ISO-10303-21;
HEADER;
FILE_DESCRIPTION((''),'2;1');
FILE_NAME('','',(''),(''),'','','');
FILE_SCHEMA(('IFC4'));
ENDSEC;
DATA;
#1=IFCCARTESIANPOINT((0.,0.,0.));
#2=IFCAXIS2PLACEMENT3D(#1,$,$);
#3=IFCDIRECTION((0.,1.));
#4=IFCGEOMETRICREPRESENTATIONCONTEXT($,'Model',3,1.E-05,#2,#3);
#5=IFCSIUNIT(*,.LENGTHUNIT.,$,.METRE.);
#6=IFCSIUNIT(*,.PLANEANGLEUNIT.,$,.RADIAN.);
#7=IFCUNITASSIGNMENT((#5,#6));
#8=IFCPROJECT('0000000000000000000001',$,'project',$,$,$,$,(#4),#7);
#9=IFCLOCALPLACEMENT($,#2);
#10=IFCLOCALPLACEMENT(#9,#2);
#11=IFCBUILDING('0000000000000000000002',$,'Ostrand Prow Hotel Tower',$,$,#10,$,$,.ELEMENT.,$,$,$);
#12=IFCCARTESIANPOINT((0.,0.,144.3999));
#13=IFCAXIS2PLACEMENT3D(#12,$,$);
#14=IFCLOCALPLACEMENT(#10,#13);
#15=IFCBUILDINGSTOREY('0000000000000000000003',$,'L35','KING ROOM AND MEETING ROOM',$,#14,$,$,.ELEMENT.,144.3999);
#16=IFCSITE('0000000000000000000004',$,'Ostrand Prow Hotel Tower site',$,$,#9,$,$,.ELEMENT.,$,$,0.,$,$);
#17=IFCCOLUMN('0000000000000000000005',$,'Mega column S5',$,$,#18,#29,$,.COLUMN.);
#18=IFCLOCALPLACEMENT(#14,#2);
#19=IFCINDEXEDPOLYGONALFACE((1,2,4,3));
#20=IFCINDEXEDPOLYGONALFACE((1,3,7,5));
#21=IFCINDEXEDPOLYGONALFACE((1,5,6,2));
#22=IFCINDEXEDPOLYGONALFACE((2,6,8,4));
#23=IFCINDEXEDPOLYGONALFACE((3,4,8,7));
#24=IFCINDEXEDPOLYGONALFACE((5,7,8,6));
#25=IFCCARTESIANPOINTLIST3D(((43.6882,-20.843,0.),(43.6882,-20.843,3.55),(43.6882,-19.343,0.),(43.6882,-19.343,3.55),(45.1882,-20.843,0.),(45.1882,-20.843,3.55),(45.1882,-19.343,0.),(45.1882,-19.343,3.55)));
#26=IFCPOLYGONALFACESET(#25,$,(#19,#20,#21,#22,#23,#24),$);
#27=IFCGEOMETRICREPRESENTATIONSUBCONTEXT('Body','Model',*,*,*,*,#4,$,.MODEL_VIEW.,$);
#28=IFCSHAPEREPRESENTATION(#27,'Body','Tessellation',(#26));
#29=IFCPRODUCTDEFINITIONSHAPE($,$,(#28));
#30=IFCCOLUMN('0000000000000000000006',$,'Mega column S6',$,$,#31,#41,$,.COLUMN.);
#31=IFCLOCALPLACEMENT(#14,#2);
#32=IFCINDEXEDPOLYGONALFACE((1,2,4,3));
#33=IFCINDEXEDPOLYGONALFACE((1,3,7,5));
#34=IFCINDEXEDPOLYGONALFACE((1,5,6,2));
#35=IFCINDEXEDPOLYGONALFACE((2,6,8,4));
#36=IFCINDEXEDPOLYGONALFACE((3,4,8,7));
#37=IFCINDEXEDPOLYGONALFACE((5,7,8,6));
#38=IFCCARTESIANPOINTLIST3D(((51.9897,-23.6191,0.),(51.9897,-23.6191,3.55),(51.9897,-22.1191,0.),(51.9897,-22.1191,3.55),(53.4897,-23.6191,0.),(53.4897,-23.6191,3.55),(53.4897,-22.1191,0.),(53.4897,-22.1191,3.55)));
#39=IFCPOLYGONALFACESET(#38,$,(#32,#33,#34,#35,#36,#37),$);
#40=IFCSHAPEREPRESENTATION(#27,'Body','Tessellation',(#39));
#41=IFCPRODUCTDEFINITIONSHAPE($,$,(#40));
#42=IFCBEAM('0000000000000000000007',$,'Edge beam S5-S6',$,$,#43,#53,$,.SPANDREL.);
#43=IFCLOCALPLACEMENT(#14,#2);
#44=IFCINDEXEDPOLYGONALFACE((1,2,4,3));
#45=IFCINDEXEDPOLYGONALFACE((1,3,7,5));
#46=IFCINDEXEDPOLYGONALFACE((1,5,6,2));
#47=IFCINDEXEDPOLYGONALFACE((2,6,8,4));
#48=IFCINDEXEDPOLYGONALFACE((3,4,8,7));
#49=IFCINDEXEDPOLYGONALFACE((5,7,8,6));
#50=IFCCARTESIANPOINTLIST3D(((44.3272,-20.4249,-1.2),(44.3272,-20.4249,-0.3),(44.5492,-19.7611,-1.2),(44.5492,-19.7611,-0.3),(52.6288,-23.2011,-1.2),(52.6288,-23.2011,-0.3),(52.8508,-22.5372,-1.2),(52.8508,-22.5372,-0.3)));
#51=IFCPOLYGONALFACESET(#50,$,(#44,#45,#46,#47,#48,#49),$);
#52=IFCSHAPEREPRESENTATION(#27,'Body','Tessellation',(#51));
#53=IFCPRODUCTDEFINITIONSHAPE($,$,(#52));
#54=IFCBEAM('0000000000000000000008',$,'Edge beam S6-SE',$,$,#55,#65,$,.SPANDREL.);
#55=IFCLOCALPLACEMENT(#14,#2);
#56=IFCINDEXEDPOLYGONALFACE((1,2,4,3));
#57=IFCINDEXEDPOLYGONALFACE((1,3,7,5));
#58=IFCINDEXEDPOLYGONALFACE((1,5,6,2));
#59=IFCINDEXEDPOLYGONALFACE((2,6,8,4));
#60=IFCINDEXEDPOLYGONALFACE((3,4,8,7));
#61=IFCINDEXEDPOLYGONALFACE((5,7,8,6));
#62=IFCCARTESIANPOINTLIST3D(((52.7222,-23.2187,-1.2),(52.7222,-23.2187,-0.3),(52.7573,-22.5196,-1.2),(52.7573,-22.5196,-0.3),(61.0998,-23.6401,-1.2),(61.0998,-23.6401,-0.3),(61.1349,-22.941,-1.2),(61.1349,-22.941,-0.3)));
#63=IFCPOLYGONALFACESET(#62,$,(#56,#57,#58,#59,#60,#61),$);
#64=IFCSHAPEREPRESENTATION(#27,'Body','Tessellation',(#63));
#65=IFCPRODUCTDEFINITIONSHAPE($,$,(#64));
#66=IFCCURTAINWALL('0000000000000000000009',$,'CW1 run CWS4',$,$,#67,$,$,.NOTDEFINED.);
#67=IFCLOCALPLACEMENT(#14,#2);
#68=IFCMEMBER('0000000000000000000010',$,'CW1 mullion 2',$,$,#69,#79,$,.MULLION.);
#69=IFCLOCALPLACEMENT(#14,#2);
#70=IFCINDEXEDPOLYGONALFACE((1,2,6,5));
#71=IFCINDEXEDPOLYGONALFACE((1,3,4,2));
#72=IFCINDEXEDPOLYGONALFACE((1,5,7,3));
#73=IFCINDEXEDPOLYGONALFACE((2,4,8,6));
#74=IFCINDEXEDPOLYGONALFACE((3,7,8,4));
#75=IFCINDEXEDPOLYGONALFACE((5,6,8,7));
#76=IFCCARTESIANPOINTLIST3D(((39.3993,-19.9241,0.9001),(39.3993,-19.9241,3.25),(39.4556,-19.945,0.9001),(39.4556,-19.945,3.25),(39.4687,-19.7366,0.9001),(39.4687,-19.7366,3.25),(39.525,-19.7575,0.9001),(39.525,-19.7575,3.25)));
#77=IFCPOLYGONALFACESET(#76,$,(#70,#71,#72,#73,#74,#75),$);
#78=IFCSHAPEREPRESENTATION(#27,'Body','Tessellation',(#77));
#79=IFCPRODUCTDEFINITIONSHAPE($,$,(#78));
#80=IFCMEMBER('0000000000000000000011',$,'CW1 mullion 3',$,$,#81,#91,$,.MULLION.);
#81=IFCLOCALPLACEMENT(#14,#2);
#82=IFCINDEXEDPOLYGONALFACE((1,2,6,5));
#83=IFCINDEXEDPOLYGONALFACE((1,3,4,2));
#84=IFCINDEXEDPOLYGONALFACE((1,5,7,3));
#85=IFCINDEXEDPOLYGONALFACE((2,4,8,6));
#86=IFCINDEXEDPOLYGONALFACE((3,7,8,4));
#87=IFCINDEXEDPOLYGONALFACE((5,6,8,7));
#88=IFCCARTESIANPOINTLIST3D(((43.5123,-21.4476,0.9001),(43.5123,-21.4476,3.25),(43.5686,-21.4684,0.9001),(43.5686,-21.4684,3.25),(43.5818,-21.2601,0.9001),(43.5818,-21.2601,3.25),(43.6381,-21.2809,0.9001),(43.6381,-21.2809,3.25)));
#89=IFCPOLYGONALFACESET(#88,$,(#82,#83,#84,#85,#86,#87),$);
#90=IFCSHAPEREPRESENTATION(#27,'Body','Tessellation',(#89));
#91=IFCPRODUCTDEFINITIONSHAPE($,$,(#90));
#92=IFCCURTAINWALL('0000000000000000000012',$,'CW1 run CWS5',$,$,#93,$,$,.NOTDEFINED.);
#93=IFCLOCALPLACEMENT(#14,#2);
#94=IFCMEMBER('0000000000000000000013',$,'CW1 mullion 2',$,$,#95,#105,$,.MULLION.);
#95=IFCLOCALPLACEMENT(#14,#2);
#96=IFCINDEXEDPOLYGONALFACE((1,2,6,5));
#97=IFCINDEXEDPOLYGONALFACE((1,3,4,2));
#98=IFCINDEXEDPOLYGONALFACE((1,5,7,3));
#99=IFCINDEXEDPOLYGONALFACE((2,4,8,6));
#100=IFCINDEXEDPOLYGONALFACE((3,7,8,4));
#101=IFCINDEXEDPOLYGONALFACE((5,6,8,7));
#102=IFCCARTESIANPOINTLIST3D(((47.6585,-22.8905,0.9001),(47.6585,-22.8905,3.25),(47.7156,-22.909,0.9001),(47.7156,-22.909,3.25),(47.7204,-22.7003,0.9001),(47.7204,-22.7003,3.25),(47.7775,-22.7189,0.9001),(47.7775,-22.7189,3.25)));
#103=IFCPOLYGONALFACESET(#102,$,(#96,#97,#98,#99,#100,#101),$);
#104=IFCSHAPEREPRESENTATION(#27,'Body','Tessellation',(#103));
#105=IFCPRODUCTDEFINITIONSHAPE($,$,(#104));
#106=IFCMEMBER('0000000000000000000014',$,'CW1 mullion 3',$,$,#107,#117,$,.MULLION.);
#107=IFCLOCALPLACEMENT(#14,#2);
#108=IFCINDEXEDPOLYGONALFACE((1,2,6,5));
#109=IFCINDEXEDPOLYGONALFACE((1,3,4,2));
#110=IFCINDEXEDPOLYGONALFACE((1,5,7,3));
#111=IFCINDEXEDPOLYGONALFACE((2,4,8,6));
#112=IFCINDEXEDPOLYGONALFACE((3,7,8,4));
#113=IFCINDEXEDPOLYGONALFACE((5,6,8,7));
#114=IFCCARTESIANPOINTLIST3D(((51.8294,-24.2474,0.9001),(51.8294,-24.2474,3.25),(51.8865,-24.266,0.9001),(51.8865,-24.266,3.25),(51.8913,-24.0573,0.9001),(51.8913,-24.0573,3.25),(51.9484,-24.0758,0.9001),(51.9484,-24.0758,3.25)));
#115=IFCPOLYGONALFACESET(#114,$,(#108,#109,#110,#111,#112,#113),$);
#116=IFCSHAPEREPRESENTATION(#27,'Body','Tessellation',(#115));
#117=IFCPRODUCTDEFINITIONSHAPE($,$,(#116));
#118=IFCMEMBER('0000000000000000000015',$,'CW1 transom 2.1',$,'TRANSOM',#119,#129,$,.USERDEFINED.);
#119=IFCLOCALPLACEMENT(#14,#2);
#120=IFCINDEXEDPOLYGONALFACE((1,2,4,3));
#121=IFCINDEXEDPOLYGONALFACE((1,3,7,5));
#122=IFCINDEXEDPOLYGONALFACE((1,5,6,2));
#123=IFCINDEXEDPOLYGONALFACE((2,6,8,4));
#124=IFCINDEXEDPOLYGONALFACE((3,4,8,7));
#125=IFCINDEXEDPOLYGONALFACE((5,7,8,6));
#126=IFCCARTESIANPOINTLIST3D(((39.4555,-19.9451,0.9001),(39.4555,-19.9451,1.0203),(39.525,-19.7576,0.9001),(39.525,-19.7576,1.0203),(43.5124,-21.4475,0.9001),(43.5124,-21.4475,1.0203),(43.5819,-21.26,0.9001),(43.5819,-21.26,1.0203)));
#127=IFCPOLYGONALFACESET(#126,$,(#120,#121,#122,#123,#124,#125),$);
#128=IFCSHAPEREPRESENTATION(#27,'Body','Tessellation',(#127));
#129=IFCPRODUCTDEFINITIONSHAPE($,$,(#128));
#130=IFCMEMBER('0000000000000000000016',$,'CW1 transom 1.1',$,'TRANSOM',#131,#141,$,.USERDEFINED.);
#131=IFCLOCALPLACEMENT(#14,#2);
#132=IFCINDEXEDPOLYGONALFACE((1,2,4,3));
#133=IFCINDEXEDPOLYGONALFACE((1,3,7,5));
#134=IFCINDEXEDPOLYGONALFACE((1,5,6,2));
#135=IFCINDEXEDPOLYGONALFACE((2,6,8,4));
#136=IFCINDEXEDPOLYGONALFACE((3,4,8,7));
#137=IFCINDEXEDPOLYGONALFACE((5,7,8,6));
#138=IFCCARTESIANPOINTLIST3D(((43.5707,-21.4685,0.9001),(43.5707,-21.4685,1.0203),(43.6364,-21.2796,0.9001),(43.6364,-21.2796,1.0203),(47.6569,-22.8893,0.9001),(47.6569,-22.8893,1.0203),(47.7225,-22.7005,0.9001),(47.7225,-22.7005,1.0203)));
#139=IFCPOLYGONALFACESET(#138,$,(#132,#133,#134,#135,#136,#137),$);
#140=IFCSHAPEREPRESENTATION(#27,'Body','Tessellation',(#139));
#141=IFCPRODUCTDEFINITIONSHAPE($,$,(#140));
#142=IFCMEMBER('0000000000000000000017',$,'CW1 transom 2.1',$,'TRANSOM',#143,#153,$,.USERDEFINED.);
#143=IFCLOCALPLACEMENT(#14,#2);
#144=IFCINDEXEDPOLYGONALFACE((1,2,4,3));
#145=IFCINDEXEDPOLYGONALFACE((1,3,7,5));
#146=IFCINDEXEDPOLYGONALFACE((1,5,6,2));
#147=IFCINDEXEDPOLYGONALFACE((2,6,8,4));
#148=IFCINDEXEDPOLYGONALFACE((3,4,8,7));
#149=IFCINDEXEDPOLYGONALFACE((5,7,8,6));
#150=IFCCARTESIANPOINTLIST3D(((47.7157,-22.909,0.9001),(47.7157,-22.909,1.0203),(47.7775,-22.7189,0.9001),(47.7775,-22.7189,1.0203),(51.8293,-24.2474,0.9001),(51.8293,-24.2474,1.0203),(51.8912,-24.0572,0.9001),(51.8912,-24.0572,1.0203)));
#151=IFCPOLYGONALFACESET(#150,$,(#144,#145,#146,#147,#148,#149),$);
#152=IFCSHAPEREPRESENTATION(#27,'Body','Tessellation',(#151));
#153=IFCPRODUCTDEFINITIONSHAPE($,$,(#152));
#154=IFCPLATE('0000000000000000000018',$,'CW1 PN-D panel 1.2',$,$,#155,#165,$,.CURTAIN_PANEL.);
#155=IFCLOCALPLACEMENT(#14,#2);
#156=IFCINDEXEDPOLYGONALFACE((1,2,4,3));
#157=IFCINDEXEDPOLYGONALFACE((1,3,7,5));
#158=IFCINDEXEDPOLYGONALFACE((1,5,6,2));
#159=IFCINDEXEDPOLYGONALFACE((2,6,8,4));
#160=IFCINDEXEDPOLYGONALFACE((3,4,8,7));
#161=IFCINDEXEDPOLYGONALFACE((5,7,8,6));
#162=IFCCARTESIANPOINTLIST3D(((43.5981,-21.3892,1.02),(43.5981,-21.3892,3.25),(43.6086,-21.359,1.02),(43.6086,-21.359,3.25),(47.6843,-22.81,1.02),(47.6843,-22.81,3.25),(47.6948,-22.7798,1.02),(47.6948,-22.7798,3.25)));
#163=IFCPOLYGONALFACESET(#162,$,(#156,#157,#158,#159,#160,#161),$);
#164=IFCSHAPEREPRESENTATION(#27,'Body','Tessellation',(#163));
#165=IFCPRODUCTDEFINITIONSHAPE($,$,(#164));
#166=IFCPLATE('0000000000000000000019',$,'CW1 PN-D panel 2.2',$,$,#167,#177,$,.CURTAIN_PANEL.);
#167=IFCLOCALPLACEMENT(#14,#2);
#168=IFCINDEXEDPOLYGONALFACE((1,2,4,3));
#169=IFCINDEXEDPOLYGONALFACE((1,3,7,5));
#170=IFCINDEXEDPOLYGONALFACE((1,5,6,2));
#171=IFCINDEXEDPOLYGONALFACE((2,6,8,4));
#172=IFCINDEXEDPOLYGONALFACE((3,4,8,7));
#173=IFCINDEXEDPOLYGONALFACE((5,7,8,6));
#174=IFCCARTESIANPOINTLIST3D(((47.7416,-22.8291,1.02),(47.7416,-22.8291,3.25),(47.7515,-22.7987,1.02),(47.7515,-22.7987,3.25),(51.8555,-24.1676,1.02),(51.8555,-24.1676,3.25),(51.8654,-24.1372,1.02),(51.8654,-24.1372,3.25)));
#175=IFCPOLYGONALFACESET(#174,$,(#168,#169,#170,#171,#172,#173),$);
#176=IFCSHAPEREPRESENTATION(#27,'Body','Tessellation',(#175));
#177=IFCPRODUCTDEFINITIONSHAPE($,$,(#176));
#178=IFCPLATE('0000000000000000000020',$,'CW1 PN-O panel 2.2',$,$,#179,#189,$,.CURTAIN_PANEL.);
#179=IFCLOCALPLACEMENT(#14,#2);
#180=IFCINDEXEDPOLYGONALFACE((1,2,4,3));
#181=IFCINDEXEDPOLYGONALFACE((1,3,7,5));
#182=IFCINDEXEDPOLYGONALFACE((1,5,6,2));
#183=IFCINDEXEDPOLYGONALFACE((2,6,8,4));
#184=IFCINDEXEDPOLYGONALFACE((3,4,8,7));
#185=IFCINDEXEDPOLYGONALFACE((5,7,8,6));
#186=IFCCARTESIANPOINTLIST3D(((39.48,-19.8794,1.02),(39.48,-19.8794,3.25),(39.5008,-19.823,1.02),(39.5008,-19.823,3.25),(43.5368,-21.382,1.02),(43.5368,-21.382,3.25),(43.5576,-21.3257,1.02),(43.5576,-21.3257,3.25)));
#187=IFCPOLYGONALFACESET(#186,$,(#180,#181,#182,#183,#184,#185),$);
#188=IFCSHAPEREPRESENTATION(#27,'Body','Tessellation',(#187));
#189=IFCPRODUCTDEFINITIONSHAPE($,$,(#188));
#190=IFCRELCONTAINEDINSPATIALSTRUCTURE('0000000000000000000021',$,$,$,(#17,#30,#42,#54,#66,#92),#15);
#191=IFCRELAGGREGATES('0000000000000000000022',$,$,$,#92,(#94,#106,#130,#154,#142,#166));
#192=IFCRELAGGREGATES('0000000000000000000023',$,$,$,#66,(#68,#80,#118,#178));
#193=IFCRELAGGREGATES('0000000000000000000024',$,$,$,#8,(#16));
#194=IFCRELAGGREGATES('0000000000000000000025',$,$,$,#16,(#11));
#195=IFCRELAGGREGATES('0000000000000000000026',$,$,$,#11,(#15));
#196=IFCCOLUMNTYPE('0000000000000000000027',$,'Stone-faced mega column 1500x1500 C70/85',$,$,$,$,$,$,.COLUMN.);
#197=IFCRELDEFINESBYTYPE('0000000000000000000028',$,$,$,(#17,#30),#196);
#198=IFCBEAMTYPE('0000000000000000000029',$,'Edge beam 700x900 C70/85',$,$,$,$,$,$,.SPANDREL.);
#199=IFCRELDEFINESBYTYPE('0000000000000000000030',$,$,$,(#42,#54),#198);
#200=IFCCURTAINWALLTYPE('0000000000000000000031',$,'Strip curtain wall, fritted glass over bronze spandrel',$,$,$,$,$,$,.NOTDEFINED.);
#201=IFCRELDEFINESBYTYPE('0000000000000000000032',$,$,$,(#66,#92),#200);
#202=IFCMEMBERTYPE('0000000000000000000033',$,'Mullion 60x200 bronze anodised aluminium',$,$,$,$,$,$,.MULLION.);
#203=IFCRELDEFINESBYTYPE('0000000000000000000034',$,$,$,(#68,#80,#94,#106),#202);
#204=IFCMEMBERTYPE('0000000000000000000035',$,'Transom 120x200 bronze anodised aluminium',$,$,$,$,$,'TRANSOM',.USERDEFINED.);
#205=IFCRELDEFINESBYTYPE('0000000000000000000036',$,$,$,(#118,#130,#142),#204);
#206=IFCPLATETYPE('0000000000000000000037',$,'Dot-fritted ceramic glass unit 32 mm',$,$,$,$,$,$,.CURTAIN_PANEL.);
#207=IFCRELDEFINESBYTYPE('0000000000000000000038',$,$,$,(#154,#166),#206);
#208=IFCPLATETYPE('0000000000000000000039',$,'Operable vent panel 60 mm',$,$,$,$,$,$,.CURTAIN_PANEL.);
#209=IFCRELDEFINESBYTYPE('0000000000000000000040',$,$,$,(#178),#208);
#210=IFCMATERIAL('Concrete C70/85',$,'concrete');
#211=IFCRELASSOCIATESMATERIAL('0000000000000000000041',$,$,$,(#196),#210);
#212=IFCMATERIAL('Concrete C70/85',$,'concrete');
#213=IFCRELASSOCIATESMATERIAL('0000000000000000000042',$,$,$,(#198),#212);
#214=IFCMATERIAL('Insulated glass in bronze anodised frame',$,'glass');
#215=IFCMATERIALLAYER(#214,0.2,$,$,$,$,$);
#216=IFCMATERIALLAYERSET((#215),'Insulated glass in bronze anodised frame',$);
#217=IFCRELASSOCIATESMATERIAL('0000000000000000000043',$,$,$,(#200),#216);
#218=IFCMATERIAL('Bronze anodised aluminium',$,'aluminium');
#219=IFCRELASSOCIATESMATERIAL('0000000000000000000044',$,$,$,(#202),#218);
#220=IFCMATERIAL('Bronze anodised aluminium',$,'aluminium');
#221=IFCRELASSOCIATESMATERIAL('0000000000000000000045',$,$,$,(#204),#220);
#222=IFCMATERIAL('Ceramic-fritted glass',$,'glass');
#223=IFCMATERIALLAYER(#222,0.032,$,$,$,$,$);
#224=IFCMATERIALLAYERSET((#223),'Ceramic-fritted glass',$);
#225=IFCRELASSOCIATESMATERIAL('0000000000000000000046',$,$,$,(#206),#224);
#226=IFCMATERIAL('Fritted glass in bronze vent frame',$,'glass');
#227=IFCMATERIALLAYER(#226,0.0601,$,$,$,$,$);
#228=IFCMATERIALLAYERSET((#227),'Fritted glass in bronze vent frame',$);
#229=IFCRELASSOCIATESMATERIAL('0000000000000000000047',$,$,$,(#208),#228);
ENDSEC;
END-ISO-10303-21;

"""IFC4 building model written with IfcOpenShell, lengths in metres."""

from ifc_helpers import new_model, si_unit, direction, frame, origin, origin_2d, place, context, subcontext, project, spatial, rectangle, extrude, material, layer, layer_set, material_profile, profile_set, type_object, element, aggregate, save


model = new_model("IFC4")

# Units and contexts
model_context = context("Model", 3, precision=1e-05, world=origin(), true_north=direction((0.0, 1.0)))
body_context = subcontext(model_context, "Body", "Model", "MODEL_VIEW")
ifc_project = project(units=[si_unit("LENGTHUNIT", "METRE"), si_unit("PLANEANGLEUNIT", "RADIAN")], contexts=[model_context])

# Site, building, storey
site_placement = place(None, origin())
site = spatial("IfcSite", under=ifc_project, at=site_placement, Name="Ostrand Prow Hotel Tower site", CompositionType="ELEMENT", RefElevation=0.0)
building_placement = place(site_placement, origin())
building = spatial("IfcBuilding", under=site, at=building_placement, Name="Ostrand Prow Hotel Tower", CompositionType="ELEMENT")
storey_placement = place(building_placement, frame((0.0, 0.0, 144.3999)))
storey = spatial("IfcBuildingStorey", under=building, at=storey_placement, Name="L35", Description="KING ROOM AND MEETING ROOM", CompositionType="ELEMENT", Elevation=144.3999)

# Columns
ifc_material_1 = material(Name="Concrete C70/85", Category="concrete")
ifc_material_profile_1 = material_profile(ifc_material_1, rectangle(XDim=1.5, YDim=1.5, at=origin_2d()), Name="RC 1500x1500")
ifc_profile_set_1 = profile_set([ifc_material_profile_1], Name="Concrete C70/85")
column_type = type_object("IfcColumnType", Name="Stone-faced mega column 1500x1500 C70/85", PredefinedType="COLUMN", material=ifc_profile_set_1)
for number, where, z_axis, x_axis, name in (
    (1, (44.4382, -20.093, 0.0), (0.0, 0.0, 1.0), (1.0, 0.0, 0.0), "Mega column S5"),
    (2, (52.7397, -22.8691, 0.0), (0.0, 0.0, 1.0), (1.0, 0.0, 0.0), "Mega column S6"),
):
    element("IfcColumn", number, at=place(storey_placement, frame(where, z_axis=z_axis, x_axis=x_axis)), inside=storey, type_object=column_type, Name=name, PredefinedType="COLUMN", context=body_context, shape_type="SweptSolid", body=[
        extrude(rectangle(XDim=1.5, YDim=1.5, at=origin_2d()), origin(), (0.0, 0.0, 1.0), 3.55),
    ])

# Beams
ifc_material_2 = material(Name="Concrete C70/85", Category="concrete")
ifc_material_profile_2 = material_profile(ifc_material_2, rectangle(XDim=0.7, YDim=0.8999, at=origin_2d()), Name="RC 700x900")
ifc_profile_set_2 = profile_set([ifc_material_profile_2], Name="Concrete C70/85")
beam_type = type_object("IfcBeamType", Name="Edge beam 700x900 C70/85", PredefinedType="SPANDREL", material=ifc_profile_set_2)
beam_1_placement = place(storey_placement, frame((44.4382, -20.093, -0.75), z_axis=(0.948376, -0.317148, 0.0), x_axis=(0.317148, 0.948376, 0.0)))
element("IfcBeam", 3, at=beam_1_placement, inside=storey, type_object=beam_type, Name="Edge beam S5-S6", PredefinedType="SPANDREL", context=body_context, shape_type="SweptSolid", body=[
    extrude(rectangle(XDim=0.7, YDim=0.8999, at=origin_2d()), origin(), (0.0, 0.0, 1.0), 8.7534),
])
beam_2_placement = place(storey_placement, frame((52.7397, -22.8691, -0.75), z_axis=(0.998737, -0.050235, 0.0), x_axis=(0.050235, 0.998737, 0.0)))
element("IfcBeam", 4, at=beam_2_placement, inside=storey, type_object=beam_type, Name="Edge beam S6-SE", PredefinedType="SPANDREL", context=body_context, shape_type="SweptSolid", body=[
    extrude(rectangle(XDim=0.7, YDim=0.8999, at=origin_2d()), origin(), (0.0, 0.0, 1.0), 8.3882),
])

# Curtain walls, members
ifc_material_3 = material(Name="Insulated glass in bronze anodised frame", Category="glass")
ifc_layer_1 = layer(ifc_material_3, 0.2)
ifc_layer_set_1 = layer_set([ifc_layer_1], Name="Insulated glass in bronze anodised frame")
curtain_wall_type = type_object("IfcCurtainWallType", Name="Strip curtain wall, fritted glass over bronze spandrel", PredefinedType="NOTDEFINED", material=ifc_layer_set_1)
curtain_wall_1_placement = place(storey_placement, origin())
curtain_wall_1 = element("IfcCurtainWall", 5, at=curtain_wall_1_placement, inside=storey, type_object=curtain_wall_type, Name="CW1 run CWS4", PredefinedType="NOTDEFINED")
ifc_material_4 = material(Name="Bronze anodised aluminium", Category="aluminium")
ifc_material_profile_3 = material_profile(ifc_material_4, rectangle(XDim=0.2, YDim=0.0601, at=origin_2d()), Name="Mullion 60x200 bronze anodised aluminium")
ifc_profile_set_3 = profile_set([ifc_material_profile_3], Name="Bronze anodised aluminium")
member_type_1 = type_object("IfcMemberType", Name="Mullion 60x200 bronze anodised aluminium", PredefinedType="MULLION", material=ifc_profile_set_3)
member_1_placement = place(storey_placement, frame((39.4622, -19.8408, 0.9001), z_axis=(0.0, 0.0, 1.0), x_axis=(0.347342, 0.937739, 0.0)))
member_1 = element("IfcMember", 6, at=member_1_placement, type_object=member_type_1, Name="CW1 mullion 2", PredefinedType="MULLION", context=body_context, shape_type="SweptSolid", body=[
    extrude(rectangle(XDim=0.2, YDim=0.0601, at=origin_2d()), origin(), (0.0, 0.0, 1.0), 2.3499),
])
member_2_placement = place(storey_placement, frame((43.5752, -21.3643, 0.9001), z_axis=(0.0, 0.0, 1.0), x_axis=(0.347342, 0.937739, 0.0)))
member_2 = element("IfcMember", 7, at=member_2_placement, type_object=member_type_1, Name="CW1 mullion 3", PredefinedType="MULLION", context=body_context, shape_type="SweptSolid", body=[
    extrude(rectangle(XDim=0.2, YDim=0.0601, at=origin_2d()), origin(), (0.0, 0.0, 1.0), 2.3499),
])
curtain_wall_2_placement = place(storey_placement, origin())
curtain_wall_2 = element("IfcCurtainWall", 8, at=curtain_wall_2_placement, inside=storey, type_object=curtain_wall_type, Name="CW1 run CWS5", PredefinedType="NOTDEFINED")
member_3_placement = place(storey_placement, frame((47.718, -22.8047, 0.9001), z_axis=(0.0, 0.0, 1.0), x_axis=(0.30938, 0.950938, 0.0)))
member_3 = element("IfcMember", 9, at=member_3_placement, type_object=member_type_1, Name="CW1 mullion 2", PredefinedType="MULLION", context=body_context, shape_type="SweptSolid", body=[
    extrude(rectangle(XDim=0.2, YDim=0.0601, at=origin_2d()), origin(), (0.0, 0.0, 1.0), 2.3499),
])
member_4_placement = place(storey_placement, frame((51.8889, -24.1616, 0.9001), z_axis=(0.0, 0.0, 1.0), x_axis=(0.30938, 0.950938, 0.0)))
member_4 = element("IfcMember", 10, at=member_4_placement, type_object=member_type_1, Name="CW1 mullion 3", PredefinedType="MULLION", context=body_context, shape_type="SweptSolid", body=[
    extrude(rectangle(XDim=0.2, YDim=0.0601, at=origin_2d()), origin(), (0.0, 0.0, 1.0), 2.3499),
])

# Members
ifc_material_5 = material(Name="Bronze anodised aluminium", Category="aluminium")
ifc_material_profile_4 = material_profile(ifc_material_5, rectangle(XDim=0.2, YDim=0.1201, at=origin_2d()), Name="Transom 120x200 bronze anodised aluminium")
ifc_profile_set_4 = profile_set([ifc_material_profile_4], Name="Bronze anodised aluminium")
member_type_2 = type_object("IfcMemberType", Name="Transom 120x200 bronze anodised aluminium", ElementType="TRANSOM", PredefinedType="USERDEFINED", material=ifc_profile_set_4)
member_5_placement = place(storey_placement, frame((39.4902, -19.8513, 0.9602), z_axis=(0.937757, -0.347292, 0.0), x_axis=(0.347292, 0.937757, 0.0)))
member_5 = element("IfcMember", 11, at=member_5_placement, type_object=member_type_2, Name="CW1 transom 2.1", ObjectType="TRANSOM", PredefinedType="USERDEFINED", context=body_context, shape_type="SweptSolid", body=[
    extrude(rectangle(XDim=0.2, YDim=0.1201, at=origin_2d()), origin(), (0.0, 0.0, 1.0), 4.3262),
])
member_6_placement = place(storey_placement, frame((43.6035, -21.374, 0.9602), z_axis=(0.944524, -0.328442, 0.0), x_axis=(0.328442, 0.944524, 0.0)))
member_6 = element("IfcMember", 12, at=member_6_placement, type_object=member_type_2, Name="CW1 transom 1.1", ObjectType="TRANSOM", PredefinedType="USERDEFINED", context=body_context, shape_type="SweptSolid", body=[
    extrude(rectangle(XDim=0.2, YDim=0.1201, at=origin_2d()), origin(), (0.0, 0.0, 1.0), 4.3262),
])
member_7_placement = place(storey_placement, frame((47.7466, -22.814, 0.9602), z_axis=(0.950939, -0.30938, 0.0), x_axis=(0.30938, 0.950939, 0.0)))
member_7 = element("IfcMember", 13, at=member_7_placement, type_object=member_type_2, Name="CW1 transom 2.1", ObjectType="TRANSOM", PredefinedType="USERDEFINED", context=body_context, shape_type="SweptSolid", body=[
    extrude(rectangle(XDim=0.2, YDim=0.1201, at=origin_2d()), origin(), (0.0, 0.0, 1.0), 4.3259),
])

# Plates
ifc_material_6 = material(Name="Ceramic-fritted glass", Category="glass")
ifc_layer_2 = layer(ifc_material_6, 0.032)
ifc_layer_set_2 = layer_set([ifc_layer_2], Name="Ceramic-fritted glass")
plate_type_1 = type_object("IfcPlateType", Name="Dot-fritted ceramic glass unit 32 mm", PredefinedType="CURTAIN_PANEL", material=ifc_layer_set_2)
plate_1_placement = place(storey_placement, frame((45.6465, -22.0845, 1.02), z_axis=(0.0, 0.0, 1.0), x_axis=(0.944529, -0.328428, 0.0)))
plate_1 = element("IfcPlate", 14, at=plate_1_placement, type_object=plate_type_1, Name="CW1 PN-D panel 1.2", PredefinedType="CURTAIN_PANEL", context=body_context, shape_type="SweptSolid", body=[
    extrude(rectangle(XDim=4.3262, YDim=0.032, at=origin_2d()), origin(), (0.0, 0.0, 1.0), 2.23),
])
plate_2_placement = place(storey_placement, frame((49.8035, -23.4832, 1.02), z_axis=(0.0, 0.0, 1.0), x_axis=(0.950938, -0.30938, 0.0)))
plate_2 = element("IfcPlate", 15, at=plate_2_placement, type_object=plate_type_1, Name="CW1 PN-D panel 2.2", PredefinedType="CURTAIN_PANEL", context=body_context, shape_type="SweptSolid", body=[
    extrude(rectangle(XDim=4.3262, YDim=0.032, at=origin_2d()), origin(), (0.0, 0.0, 1.0), 2.23),
])
aggregate(curtain_wall_2, [member_3, member_4, member_6, plate_1, member_7, plate_2])
ifc_material_7 = material(Name="Fritted glass in bronze vent frame", Category="glass")
ifc_layer_3 = layer(ifc_material_7, 0.0601)
ifc_layer_set_3 = layer_set([ifc_layer_3], Name="Fritted glass in bronze vent frame")
plate_type_2 = type_object("IfcPlateType", Name="Operable vent panel 60 mm", PredefinedType="CURTAIN_PANEL", material=ifc_layer_set_3)
plate_3_placement = place(storey_placement, frame((41.5188, -20.6025, 1.02), z_axis=(0.0, 0.0, 1.0), x_axis=(0.937739, -0.347342, 0.0)))
plate_3 = element("IfcPlate", 16, at=plate_3_placement, type_object=plate_type_2, Name="CW1 PN-O panel 2.2", PredefinedType="CURTAIN_PANEL", context=body_context, shape_type="SweptSolid", body=[
    extrude(rectangle(XDim=4.3262, YDim=0.0601, at=origin_2d()), origin(), (0.0, 0.0, 1.0), 2.23),
])
aggregate(curtain_wall_1, [member_1, member_2, member_5, plate_3])

save(model, "model.ifc")
